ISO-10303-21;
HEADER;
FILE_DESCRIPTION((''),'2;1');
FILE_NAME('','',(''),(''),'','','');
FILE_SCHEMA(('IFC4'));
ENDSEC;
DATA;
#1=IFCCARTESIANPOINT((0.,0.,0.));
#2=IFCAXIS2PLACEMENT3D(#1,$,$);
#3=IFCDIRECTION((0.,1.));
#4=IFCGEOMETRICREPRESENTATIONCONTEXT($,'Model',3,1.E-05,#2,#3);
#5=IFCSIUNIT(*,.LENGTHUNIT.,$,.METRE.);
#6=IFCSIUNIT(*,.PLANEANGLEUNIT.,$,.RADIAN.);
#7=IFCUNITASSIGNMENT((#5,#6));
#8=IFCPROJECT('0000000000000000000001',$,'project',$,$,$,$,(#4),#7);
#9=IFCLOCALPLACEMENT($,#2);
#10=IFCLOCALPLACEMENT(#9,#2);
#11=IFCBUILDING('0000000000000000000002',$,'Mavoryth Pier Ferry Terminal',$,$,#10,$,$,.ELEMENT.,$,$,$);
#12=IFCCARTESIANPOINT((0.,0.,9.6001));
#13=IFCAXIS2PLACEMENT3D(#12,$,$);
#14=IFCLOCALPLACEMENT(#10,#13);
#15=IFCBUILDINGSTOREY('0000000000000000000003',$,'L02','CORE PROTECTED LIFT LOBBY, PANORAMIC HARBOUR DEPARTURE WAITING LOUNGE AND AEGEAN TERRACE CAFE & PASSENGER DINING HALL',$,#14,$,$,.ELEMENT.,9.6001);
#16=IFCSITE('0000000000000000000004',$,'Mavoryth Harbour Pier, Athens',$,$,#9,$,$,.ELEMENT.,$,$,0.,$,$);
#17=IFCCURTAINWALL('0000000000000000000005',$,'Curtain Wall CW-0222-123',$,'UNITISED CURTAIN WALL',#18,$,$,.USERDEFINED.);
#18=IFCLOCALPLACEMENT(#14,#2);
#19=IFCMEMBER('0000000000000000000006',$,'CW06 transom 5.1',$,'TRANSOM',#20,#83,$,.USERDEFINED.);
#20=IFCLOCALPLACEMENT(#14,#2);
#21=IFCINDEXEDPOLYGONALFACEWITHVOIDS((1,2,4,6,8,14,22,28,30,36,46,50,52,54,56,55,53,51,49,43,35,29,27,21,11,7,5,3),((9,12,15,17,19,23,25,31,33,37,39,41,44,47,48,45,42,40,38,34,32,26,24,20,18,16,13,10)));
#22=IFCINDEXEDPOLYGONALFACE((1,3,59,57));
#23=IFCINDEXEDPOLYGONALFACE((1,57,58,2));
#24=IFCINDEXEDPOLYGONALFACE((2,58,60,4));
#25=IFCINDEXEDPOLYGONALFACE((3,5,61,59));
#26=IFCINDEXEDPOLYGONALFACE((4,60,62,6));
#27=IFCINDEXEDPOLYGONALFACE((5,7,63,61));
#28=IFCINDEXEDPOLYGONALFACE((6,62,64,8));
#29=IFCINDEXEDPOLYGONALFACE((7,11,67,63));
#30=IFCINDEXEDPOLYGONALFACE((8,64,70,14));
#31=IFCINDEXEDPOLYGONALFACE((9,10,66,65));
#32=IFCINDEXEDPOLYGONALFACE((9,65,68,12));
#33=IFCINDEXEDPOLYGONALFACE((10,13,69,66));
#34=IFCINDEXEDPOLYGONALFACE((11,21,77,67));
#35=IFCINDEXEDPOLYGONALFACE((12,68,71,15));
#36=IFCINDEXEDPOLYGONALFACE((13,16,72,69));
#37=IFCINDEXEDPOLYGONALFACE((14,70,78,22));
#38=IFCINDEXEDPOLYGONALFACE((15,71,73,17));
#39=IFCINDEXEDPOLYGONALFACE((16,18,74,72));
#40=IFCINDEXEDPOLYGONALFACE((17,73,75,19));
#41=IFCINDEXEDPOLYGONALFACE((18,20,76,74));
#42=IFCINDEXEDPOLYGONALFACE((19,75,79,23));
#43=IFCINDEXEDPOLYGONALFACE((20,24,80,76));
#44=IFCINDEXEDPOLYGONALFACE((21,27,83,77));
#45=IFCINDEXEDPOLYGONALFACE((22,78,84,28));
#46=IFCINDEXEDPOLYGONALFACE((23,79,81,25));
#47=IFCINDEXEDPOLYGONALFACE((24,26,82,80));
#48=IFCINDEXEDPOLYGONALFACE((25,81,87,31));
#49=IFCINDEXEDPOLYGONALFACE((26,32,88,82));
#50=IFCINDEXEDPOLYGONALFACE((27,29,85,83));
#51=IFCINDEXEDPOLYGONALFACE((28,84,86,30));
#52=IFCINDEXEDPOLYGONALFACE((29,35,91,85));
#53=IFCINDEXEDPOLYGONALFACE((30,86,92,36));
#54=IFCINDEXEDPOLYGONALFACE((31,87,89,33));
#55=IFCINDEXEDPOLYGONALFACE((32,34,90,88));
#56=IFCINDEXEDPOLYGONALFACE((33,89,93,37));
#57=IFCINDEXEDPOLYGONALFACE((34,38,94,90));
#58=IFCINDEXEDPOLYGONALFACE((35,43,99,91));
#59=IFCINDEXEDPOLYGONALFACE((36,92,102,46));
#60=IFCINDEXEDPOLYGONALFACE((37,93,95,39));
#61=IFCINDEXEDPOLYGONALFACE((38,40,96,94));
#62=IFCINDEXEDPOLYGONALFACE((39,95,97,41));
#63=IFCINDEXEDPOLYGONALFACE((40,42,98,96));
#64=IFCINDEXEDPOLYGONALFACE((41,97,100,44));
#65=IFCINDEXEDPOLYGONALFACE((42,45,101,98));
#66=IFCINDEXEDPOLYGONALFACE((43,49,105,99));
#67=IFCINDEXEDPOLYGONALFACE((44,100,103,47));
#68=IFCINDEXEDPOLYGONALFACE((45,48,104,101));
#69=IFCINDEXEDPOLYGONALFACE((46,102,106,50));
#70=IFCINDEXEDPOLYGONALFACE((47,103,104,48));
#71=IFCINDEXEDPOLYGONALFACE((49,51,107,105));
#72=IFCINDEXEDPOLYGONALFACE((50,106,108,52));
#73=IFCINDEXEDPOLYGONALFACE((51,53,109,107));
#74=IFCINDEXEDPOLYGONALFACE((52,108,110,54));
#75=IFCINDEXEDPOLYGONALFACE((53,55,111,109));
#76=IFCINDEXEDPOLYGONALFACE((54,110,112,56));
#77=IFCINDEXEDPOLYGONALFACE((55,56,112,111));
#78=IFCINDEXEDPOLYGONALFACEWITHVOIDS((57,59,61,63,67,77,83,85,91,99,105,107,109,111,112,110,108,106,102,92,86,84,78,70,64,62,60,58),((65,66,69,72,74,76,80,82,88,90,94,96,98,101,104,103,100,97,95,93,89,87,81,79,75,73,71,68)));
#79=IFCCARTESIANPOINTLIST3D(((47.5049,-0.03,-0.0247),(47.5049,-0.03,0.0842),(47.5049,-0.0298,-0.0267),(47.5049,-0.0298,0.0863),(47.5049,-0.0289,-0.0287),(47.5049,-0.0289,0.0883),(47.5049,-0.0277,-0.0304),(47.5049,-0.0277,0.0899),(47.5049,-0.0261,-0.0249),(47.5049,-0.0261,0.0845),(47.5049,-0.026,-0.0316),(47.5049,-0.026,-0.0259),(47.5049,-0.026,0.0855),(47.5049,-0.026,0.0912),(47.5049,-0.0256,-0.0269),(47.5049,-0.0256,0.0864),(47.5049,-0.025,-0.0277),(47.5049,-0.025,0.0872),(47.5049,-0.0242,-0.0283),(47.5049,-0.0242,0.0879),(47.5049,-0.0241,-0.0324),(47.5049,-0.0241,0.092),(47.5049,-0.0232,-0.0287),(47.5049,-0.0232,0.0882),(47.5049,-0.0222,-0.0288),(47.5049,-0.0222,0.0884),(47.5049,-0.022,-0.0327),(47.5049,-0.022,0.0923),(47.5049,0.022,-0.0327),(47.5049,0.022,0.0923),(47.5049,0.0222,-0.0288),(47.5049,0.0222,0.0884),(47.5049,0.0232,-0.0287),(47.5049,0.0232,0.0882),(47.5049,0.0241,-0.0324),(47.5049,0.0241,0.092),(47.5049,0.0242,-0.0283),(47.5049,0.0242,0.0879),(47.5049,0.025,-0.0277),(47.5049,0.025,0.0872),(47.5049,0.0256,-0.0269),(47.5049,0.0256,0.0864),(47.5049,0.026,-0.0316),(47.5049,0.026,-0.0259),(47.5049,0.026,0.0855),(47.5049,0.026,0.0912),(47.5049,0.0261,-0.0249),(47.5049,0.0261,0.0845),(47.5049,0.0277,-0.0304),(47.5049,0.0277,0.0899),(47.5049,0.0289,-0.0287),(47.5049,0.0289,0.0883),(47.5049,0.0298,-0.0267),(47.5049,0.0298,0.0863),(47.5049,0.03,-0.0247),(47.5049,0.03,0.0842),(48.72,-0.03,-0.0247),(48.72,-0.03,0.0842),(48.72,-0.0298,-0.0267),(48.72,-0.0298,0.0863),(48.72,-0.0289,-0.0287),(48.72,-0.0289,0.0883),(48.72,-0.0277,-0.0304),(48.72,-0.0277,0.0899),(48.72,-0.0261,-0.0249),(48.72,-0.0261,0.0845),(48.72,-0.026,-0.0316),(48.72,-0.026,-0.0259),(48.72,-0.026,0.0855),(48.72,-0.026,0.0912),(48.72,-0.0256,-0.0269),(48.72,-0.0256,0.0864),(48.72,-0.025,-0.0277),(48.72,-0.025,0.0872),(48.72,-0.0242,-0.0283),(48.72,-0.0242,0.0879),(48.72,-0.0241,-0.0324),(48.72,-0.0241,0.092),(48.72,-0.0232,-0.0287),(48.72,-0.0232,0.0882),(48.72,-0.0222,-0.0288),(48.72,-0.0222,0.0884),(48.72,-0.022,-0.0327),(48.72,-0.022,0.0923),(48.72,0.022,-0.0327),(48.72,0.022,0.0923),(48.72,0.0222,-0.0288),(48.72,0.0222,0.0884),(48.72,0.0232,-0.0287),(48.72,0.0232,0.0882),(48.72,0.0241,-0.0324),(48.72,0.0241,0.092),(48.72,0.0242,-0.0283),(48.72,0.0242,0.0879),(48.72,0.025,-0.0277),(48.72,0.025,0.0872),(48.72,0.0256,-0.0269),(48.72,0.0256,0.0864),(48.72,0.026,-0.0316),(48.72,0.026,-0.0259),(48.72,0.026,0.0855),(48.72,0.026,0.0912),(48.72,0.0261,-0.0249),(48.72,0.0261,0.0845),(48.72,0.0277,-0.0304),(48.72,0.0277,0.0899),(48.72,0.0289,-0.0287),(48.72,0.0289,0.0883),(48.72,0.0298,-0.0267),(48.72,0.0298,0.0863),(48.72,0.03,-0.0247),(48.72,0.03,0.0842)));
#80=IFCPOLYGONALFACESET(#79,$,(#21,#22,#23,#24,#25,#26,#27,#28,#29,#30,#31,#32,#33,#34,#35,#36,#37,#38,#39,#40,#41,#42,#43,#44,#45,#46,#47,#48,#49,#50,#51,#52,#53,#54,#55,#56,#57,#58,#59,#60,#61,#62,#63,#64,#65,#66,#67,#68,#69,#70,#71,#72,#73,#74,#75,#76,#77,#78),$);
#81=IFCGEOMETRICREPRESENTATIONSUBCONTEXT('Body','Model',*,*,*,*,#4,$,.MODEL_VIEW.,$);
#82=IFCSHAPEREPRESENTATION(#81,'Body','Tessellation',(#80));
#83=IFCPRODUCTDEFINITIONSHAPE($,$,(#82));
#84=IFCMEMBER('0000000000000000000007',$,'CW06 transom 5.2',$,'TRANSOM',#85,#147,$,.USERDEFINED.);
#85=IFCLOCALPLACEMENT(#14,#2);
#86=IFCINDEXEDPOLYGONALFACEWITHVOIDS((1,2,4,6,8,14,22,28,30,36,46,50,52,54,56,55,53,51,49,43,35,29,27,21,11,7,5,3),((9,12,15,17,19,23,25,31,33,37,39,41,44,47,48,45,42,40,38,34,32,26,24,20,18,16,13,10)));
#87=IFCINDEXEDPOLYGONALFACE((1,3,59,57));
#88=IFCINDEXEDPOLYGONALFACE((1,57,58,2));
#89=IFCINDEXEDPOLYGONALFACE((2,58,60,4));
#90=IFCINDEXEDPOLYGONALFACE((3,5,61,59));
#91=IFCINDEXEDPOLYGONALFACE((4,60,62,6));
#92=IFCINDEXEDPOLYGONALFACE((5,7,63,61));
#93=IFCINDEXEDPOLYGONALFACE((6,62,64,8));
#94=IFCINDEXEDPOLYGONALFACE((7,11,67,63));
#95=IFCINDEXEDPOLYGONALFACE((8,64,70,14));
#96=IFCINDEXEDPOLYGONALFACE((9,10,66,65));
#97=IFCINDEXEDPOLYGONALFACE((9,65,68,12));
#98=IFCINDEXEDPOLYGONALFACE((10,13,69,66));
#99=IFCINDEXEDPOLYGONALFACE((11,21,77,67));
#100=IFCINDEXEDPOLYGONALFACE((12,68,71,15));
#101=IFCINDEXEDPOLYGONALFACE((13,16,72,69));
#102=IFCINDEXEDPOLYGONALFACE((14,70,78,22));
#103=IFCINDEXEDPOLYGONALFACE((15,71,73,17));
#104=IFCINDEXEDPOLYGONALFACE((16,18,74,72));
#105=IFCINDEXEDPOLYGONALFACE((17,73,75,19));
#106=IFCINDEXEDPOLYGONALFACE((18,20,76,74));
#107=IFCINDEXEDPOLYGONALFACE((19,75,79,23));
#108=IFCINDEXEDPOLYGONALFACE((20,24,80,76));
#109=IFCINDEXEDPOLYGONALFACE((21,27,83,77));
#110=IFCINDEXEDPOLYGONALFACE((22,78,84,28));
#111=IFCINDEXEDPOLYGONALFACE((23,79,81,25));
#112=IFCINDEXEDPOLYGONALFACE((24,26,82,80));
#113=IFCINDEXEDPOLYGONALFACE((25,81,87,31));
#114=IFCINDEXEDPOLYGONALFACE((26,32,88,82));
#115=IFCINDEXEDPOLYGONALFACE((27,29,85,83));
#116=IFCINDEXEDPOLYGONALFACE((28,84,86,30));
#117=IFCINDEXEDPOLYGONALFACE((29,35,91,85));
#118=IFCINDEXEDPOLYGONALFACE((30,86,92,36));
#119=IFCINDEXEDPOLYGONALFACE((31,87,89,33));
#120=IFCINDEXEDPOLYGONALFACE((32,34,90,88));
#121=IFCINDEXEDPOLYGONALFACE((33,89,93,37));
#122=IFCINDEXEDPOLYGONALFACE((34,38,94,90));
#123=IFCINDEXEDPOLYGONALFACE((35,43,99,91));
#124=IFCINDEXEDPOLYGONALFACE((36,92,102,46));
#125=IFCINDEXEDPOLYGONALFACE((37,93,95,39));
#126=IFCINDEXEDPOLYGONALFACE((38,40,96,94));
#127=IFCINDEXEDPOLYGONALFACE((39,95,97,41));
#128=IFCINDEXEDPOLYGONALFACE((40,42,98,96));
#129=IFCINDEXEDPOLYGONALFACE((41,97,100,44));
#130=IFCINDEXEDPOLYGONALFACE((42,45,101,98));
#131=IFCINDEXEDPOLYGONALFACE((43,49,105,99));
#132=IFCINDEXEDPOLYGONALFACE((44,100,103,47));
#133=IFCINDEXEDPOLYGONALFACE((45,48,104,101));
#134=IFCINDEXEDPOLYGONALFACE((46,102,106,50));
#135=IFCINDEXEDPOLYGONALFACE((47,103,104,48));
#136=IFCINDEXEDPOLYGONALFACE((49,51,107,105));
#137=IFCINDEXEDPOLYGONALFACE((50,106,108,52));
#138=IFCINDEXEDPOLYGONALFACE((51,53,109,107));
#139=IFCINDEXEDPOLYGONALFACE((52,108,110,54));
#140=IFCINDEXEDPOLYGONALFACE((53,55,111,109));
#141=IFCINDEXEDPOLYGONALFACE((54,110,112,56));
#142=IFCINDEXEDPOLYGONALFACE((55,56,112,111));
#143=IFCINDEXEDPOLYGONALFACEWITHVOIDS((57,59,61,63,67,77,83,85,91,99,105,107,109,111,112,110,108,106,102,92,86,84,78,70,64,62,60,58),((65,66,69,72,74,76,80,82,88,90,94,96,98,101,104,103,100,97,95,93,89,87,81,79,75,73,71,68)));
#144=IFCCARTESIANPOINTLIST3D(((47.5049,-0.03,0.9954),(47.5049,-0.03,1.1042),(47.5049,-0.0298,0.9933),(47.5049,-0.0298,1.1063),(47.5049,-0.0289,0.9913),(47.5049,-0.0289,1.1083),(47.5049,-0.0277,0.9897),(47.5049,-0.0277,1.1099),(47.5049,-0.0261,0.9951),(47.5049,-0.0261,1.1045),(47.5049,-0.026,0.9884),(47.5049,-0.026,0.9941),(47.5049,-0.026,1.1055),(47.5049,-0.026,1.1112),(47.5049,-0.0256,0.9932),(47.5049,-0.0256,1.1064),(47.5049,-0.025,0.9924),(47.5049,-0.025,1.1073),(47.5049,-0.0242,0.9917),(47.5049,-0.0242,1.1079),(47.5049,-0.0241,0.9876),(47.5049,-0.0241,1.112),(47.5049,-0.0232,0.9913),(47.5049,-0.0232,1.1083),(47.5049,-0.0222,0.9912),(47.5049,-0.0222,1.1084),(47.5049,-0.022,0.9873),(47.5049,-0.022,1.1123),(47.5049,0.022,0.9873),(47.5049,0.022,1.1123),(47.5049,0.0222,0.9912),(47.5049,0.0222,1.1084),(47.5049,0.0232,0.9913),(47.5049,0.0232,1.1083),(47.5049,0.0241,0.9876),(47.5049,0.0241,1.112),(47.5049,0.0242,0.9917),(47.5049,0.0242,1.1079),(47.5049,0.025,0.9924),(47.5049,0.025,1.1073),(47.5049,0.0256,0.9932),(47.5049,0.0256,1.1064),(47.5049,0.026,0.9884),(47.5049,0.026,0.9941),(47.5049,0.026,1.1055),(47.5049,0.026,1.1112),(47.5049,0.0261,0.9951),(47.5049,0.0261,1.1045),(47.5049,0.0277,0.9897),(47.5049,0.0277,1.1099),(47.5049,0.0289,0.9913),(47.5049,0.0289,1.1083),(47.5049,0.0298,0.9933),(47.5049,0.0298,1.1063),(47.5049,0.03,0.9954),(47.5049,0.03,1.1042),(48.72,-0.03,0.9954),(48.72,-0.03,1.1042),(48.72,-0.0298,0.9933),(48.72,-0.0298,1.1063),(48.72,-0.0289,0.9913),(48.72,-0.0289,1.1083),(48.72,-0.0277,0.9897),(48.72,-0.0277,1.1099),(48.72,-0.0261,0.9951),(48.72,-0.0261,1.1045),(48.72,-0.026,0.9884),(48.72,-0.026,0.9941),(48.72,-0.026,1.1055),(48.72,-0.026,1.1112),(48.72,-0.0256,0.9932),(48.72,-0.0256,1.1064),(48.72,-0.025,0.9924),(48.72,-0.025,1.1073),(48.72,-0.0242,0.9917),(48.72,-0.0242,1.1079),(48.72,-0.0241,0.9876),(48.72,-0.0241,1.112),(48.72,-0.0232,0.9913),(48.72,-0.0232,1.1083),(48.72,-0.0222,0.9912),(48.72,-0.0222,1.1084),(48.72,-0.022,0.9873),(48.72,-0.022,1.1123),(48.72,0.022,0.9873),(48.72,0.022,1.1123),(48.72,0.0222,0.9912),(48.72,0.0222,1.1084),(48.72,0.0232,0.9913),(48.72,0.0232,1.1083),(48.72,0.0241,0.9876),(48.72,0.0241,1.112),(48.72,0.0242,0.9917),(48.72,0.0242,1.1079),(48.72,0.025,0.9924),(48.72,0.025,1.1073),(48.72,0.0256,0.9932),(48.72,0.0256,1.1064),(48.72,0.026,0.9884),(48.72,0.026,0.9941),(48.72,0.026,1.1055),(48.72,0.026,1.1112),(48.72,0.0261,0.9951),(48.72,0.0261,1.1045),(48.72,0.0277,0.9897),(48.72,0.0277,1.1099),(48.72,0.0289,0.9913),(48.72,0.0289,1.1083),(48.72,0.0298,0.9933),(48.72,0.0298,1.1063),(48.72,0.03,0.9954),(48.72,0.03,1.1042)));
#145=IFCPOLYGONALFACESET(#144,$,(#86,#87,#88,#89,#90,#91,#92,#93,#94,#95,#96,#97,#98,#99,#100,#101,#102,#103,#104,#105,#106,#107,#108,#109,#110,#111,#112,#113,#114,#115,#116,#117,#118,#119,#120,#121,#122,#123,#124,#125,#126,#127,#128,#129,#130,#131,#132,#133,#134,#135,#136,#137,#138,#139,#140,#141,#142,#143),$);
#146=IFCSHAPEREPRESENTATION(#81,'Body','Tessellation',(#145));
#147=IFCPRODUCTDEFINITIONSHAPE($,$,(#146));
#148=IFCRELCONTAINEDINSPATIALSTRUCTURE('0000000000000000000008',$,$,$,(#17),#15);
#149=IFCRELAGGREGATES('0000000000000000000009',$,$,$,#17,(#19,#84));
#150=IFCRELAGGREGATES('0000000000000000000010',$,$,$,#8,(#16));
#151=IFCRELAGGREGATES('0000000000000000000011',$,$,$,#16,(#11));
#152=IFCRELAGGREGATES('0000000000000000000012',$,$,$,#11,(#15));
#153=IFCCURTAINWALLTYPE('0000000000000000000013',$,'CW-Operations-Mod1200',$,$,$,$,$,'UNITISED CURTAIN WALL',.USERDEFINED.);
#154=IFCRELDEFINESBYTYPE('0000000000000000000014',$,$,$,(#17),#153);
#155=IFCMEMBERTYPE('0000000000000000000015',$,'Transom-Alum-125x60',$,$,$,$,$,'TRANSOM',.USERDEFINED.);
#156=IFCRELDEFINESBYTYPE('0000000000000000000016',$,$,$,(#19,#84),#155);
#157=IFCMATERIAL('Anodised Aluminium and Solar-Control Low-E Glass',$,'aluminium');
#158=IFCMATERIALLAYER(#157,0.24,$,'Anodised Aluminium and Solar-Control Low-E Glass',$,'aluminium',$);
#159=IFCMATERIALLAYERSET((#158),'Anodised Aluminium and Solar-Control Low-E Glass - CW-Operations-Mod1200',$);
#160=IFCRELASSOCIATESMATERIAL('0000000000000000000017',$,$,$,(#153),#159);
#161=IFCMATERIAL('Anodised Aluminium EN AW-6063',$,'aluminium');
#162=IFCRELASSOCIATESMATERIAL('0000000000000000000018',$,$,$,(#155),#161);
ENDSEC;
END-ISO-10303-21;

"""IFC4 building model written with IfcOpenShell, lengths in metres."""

from ifc_helpers import new_model, si_unit, direction, frame, origin, origin_2d, place, context, subcontext, project, spatial, hollow_rectangle, extrude, material, layer, layer_set, material_profile, profile_set, type_object, element, aggregate, save


model = new_model("IFC4")

# Units and contexts
model_context = context("Model", 3, precision=1e-05, world=origin(), true_north=direction((0.0, 1.0)))
body_context = subcontext(model_context, "Body", "Model", "MODEL_VIEW")
ifc_project = project(units=[si_unit("LENGTHUNIT", "METRE"), si_unit("PLANEANGLEUNIT", "RADIAN")], contexts=[model_context])

# Site, building, storey
site_placement = place(None, origin())
site = spatial("IfcSite", under=ifc_project, at=site_placement, Name="Mavoryth Harbour Pier, Athens", CompositionType="ELEMENT", RefElevation=0.0)
building_placement = place(site_placement, origin())
building = spatial("IfcBuilding", under=site, at=building_placement, Name="Mavoryth Pier Ferry Terminal", CompositionType="ELEMENT")
storey_placement = place(building_placement, frame((0.0, 0.0, 9.6001)))
storey = spatial("IfcBuildingStorey", under=building, at=storey_placement, Name="L02", Description="CORE PROTECTED LIFT LOBBY, PANORAMIC HARBOUR DEPARTURE WAITING LOUNGE AND AEGEAN TERRACE CAFE & PASSENGER DINING HALL", CompositionType="ELEMENT", Elevation=9.6001)

# Curtain wall
ifc_material_1 = material(Name="Anodised Aluminium and Solar-Control Low-E Glass", Category="aluminium")
ifc_layer_1 = layer(ifc_material_1, 0.24, Name="Anodised Aluminium and Solar-Control Low-E Glass", Category="aluminium")
ifc_layer_set_1 = layer_set([ifc_layer_1], Name="Anodised Aluminium and Solar-Control Low-E Glass - CW-Operations-Mod1200")
curtain_wall_type = type_object("IfcCurtainWallType", Name="CW-Operations-Mod1200", ElementType="UNITISED CURTAIN WALL", PredefinedType="USERDEFINED", material=ifc_layer_set_1)
curtain_wall_placement = place(storey_placement, origin())
curtain_wall = element("IfcCurtainWall", 1, at=curtain_wall_placement, inside=storey, type_object=curtain_wall_type, Name="Curtain Wall CW-0222-123", ObjectType="UNITISED CURTAIN WALL", PredefinedType="USERDEFINED")
ifc_material_2 = material(Name="Anodised Aluminium EN AW-6063", Category="aluminium")

# Members
ifc_material_profile_1 = material_profile(ifc_material_2, hollow_rectangle(XDim=0.0601, YDim=0.125, WallThickness=0.0039, InnerFilletRadius=0.0039, OuterFilletRadius=0.0081, at=origin_2d()), Name="AL-TRAN 125x60x4", Category="aluminium")
ifc_profile_set_1 = profile_set([ifc_material_profile_1], Name="Anodised Aluminium EN AW-6063 - AL-TRAN 125x60x4")
member_type_1 = type_object("IfcMemberType", Name="Transom-Alum-125x60", ElementType="TRANSOM", PredefinedType="USERDEFINED", material=ifc_profile_set_1)
member_1_placement = place(storey_placement, frame((47.5049, 0.0, 0.0298), z_axis=(1.0, 0.0, 0.0), x_axis=(0.0, 1.0, 0.0)))
member_1 = element("IfcMember", 2, at=member_1_placement, type_object=member_type_1, Name="CW06 transom 5.1", ObjectType="TRANSOM", PredefinedType="USERDEFINED", context=body_context, shape_type="SweptSolid", body=[
    extrude(hollow_rectangle(XDim=0.0601, YDim=0.125, WallThickness=0.0039, InnerFilletRadius=0.0039, OuterFilletRadius=0.0081, at=origin_2d()), origin(), (0.0, 0.0, 1.0), 1.2151),
])
member_2_placement = place(storey_placement, frame((47.5049, 0.0, 1.0498), z_axis=(1.0, 0.0, 0.0), x_axis=(0.0, 1.0, 0.0)))
member_2 = element("IfcMember", 3, at=member_2_placement, type_object=member_type_1, Name="CW06 transom 5.2", ObjectType="TRANSOM", PredefinedType="USERDEFINED", context=body_context, shape_type="SweptSolid", body=[
    extrude(hollow_rectangle(XDim=0.0601, YDim=0.125, WallThickness=0.0039, InnerFilletRadius=0.0039, OuterFilletRadius=0.0081, at=origin_2d()), origin(), (0.0, 0.0, 1.0), 1.2151),
])

aggregate(curtain_wall, [member_1, member_2])

save(model, "model.ifc")
